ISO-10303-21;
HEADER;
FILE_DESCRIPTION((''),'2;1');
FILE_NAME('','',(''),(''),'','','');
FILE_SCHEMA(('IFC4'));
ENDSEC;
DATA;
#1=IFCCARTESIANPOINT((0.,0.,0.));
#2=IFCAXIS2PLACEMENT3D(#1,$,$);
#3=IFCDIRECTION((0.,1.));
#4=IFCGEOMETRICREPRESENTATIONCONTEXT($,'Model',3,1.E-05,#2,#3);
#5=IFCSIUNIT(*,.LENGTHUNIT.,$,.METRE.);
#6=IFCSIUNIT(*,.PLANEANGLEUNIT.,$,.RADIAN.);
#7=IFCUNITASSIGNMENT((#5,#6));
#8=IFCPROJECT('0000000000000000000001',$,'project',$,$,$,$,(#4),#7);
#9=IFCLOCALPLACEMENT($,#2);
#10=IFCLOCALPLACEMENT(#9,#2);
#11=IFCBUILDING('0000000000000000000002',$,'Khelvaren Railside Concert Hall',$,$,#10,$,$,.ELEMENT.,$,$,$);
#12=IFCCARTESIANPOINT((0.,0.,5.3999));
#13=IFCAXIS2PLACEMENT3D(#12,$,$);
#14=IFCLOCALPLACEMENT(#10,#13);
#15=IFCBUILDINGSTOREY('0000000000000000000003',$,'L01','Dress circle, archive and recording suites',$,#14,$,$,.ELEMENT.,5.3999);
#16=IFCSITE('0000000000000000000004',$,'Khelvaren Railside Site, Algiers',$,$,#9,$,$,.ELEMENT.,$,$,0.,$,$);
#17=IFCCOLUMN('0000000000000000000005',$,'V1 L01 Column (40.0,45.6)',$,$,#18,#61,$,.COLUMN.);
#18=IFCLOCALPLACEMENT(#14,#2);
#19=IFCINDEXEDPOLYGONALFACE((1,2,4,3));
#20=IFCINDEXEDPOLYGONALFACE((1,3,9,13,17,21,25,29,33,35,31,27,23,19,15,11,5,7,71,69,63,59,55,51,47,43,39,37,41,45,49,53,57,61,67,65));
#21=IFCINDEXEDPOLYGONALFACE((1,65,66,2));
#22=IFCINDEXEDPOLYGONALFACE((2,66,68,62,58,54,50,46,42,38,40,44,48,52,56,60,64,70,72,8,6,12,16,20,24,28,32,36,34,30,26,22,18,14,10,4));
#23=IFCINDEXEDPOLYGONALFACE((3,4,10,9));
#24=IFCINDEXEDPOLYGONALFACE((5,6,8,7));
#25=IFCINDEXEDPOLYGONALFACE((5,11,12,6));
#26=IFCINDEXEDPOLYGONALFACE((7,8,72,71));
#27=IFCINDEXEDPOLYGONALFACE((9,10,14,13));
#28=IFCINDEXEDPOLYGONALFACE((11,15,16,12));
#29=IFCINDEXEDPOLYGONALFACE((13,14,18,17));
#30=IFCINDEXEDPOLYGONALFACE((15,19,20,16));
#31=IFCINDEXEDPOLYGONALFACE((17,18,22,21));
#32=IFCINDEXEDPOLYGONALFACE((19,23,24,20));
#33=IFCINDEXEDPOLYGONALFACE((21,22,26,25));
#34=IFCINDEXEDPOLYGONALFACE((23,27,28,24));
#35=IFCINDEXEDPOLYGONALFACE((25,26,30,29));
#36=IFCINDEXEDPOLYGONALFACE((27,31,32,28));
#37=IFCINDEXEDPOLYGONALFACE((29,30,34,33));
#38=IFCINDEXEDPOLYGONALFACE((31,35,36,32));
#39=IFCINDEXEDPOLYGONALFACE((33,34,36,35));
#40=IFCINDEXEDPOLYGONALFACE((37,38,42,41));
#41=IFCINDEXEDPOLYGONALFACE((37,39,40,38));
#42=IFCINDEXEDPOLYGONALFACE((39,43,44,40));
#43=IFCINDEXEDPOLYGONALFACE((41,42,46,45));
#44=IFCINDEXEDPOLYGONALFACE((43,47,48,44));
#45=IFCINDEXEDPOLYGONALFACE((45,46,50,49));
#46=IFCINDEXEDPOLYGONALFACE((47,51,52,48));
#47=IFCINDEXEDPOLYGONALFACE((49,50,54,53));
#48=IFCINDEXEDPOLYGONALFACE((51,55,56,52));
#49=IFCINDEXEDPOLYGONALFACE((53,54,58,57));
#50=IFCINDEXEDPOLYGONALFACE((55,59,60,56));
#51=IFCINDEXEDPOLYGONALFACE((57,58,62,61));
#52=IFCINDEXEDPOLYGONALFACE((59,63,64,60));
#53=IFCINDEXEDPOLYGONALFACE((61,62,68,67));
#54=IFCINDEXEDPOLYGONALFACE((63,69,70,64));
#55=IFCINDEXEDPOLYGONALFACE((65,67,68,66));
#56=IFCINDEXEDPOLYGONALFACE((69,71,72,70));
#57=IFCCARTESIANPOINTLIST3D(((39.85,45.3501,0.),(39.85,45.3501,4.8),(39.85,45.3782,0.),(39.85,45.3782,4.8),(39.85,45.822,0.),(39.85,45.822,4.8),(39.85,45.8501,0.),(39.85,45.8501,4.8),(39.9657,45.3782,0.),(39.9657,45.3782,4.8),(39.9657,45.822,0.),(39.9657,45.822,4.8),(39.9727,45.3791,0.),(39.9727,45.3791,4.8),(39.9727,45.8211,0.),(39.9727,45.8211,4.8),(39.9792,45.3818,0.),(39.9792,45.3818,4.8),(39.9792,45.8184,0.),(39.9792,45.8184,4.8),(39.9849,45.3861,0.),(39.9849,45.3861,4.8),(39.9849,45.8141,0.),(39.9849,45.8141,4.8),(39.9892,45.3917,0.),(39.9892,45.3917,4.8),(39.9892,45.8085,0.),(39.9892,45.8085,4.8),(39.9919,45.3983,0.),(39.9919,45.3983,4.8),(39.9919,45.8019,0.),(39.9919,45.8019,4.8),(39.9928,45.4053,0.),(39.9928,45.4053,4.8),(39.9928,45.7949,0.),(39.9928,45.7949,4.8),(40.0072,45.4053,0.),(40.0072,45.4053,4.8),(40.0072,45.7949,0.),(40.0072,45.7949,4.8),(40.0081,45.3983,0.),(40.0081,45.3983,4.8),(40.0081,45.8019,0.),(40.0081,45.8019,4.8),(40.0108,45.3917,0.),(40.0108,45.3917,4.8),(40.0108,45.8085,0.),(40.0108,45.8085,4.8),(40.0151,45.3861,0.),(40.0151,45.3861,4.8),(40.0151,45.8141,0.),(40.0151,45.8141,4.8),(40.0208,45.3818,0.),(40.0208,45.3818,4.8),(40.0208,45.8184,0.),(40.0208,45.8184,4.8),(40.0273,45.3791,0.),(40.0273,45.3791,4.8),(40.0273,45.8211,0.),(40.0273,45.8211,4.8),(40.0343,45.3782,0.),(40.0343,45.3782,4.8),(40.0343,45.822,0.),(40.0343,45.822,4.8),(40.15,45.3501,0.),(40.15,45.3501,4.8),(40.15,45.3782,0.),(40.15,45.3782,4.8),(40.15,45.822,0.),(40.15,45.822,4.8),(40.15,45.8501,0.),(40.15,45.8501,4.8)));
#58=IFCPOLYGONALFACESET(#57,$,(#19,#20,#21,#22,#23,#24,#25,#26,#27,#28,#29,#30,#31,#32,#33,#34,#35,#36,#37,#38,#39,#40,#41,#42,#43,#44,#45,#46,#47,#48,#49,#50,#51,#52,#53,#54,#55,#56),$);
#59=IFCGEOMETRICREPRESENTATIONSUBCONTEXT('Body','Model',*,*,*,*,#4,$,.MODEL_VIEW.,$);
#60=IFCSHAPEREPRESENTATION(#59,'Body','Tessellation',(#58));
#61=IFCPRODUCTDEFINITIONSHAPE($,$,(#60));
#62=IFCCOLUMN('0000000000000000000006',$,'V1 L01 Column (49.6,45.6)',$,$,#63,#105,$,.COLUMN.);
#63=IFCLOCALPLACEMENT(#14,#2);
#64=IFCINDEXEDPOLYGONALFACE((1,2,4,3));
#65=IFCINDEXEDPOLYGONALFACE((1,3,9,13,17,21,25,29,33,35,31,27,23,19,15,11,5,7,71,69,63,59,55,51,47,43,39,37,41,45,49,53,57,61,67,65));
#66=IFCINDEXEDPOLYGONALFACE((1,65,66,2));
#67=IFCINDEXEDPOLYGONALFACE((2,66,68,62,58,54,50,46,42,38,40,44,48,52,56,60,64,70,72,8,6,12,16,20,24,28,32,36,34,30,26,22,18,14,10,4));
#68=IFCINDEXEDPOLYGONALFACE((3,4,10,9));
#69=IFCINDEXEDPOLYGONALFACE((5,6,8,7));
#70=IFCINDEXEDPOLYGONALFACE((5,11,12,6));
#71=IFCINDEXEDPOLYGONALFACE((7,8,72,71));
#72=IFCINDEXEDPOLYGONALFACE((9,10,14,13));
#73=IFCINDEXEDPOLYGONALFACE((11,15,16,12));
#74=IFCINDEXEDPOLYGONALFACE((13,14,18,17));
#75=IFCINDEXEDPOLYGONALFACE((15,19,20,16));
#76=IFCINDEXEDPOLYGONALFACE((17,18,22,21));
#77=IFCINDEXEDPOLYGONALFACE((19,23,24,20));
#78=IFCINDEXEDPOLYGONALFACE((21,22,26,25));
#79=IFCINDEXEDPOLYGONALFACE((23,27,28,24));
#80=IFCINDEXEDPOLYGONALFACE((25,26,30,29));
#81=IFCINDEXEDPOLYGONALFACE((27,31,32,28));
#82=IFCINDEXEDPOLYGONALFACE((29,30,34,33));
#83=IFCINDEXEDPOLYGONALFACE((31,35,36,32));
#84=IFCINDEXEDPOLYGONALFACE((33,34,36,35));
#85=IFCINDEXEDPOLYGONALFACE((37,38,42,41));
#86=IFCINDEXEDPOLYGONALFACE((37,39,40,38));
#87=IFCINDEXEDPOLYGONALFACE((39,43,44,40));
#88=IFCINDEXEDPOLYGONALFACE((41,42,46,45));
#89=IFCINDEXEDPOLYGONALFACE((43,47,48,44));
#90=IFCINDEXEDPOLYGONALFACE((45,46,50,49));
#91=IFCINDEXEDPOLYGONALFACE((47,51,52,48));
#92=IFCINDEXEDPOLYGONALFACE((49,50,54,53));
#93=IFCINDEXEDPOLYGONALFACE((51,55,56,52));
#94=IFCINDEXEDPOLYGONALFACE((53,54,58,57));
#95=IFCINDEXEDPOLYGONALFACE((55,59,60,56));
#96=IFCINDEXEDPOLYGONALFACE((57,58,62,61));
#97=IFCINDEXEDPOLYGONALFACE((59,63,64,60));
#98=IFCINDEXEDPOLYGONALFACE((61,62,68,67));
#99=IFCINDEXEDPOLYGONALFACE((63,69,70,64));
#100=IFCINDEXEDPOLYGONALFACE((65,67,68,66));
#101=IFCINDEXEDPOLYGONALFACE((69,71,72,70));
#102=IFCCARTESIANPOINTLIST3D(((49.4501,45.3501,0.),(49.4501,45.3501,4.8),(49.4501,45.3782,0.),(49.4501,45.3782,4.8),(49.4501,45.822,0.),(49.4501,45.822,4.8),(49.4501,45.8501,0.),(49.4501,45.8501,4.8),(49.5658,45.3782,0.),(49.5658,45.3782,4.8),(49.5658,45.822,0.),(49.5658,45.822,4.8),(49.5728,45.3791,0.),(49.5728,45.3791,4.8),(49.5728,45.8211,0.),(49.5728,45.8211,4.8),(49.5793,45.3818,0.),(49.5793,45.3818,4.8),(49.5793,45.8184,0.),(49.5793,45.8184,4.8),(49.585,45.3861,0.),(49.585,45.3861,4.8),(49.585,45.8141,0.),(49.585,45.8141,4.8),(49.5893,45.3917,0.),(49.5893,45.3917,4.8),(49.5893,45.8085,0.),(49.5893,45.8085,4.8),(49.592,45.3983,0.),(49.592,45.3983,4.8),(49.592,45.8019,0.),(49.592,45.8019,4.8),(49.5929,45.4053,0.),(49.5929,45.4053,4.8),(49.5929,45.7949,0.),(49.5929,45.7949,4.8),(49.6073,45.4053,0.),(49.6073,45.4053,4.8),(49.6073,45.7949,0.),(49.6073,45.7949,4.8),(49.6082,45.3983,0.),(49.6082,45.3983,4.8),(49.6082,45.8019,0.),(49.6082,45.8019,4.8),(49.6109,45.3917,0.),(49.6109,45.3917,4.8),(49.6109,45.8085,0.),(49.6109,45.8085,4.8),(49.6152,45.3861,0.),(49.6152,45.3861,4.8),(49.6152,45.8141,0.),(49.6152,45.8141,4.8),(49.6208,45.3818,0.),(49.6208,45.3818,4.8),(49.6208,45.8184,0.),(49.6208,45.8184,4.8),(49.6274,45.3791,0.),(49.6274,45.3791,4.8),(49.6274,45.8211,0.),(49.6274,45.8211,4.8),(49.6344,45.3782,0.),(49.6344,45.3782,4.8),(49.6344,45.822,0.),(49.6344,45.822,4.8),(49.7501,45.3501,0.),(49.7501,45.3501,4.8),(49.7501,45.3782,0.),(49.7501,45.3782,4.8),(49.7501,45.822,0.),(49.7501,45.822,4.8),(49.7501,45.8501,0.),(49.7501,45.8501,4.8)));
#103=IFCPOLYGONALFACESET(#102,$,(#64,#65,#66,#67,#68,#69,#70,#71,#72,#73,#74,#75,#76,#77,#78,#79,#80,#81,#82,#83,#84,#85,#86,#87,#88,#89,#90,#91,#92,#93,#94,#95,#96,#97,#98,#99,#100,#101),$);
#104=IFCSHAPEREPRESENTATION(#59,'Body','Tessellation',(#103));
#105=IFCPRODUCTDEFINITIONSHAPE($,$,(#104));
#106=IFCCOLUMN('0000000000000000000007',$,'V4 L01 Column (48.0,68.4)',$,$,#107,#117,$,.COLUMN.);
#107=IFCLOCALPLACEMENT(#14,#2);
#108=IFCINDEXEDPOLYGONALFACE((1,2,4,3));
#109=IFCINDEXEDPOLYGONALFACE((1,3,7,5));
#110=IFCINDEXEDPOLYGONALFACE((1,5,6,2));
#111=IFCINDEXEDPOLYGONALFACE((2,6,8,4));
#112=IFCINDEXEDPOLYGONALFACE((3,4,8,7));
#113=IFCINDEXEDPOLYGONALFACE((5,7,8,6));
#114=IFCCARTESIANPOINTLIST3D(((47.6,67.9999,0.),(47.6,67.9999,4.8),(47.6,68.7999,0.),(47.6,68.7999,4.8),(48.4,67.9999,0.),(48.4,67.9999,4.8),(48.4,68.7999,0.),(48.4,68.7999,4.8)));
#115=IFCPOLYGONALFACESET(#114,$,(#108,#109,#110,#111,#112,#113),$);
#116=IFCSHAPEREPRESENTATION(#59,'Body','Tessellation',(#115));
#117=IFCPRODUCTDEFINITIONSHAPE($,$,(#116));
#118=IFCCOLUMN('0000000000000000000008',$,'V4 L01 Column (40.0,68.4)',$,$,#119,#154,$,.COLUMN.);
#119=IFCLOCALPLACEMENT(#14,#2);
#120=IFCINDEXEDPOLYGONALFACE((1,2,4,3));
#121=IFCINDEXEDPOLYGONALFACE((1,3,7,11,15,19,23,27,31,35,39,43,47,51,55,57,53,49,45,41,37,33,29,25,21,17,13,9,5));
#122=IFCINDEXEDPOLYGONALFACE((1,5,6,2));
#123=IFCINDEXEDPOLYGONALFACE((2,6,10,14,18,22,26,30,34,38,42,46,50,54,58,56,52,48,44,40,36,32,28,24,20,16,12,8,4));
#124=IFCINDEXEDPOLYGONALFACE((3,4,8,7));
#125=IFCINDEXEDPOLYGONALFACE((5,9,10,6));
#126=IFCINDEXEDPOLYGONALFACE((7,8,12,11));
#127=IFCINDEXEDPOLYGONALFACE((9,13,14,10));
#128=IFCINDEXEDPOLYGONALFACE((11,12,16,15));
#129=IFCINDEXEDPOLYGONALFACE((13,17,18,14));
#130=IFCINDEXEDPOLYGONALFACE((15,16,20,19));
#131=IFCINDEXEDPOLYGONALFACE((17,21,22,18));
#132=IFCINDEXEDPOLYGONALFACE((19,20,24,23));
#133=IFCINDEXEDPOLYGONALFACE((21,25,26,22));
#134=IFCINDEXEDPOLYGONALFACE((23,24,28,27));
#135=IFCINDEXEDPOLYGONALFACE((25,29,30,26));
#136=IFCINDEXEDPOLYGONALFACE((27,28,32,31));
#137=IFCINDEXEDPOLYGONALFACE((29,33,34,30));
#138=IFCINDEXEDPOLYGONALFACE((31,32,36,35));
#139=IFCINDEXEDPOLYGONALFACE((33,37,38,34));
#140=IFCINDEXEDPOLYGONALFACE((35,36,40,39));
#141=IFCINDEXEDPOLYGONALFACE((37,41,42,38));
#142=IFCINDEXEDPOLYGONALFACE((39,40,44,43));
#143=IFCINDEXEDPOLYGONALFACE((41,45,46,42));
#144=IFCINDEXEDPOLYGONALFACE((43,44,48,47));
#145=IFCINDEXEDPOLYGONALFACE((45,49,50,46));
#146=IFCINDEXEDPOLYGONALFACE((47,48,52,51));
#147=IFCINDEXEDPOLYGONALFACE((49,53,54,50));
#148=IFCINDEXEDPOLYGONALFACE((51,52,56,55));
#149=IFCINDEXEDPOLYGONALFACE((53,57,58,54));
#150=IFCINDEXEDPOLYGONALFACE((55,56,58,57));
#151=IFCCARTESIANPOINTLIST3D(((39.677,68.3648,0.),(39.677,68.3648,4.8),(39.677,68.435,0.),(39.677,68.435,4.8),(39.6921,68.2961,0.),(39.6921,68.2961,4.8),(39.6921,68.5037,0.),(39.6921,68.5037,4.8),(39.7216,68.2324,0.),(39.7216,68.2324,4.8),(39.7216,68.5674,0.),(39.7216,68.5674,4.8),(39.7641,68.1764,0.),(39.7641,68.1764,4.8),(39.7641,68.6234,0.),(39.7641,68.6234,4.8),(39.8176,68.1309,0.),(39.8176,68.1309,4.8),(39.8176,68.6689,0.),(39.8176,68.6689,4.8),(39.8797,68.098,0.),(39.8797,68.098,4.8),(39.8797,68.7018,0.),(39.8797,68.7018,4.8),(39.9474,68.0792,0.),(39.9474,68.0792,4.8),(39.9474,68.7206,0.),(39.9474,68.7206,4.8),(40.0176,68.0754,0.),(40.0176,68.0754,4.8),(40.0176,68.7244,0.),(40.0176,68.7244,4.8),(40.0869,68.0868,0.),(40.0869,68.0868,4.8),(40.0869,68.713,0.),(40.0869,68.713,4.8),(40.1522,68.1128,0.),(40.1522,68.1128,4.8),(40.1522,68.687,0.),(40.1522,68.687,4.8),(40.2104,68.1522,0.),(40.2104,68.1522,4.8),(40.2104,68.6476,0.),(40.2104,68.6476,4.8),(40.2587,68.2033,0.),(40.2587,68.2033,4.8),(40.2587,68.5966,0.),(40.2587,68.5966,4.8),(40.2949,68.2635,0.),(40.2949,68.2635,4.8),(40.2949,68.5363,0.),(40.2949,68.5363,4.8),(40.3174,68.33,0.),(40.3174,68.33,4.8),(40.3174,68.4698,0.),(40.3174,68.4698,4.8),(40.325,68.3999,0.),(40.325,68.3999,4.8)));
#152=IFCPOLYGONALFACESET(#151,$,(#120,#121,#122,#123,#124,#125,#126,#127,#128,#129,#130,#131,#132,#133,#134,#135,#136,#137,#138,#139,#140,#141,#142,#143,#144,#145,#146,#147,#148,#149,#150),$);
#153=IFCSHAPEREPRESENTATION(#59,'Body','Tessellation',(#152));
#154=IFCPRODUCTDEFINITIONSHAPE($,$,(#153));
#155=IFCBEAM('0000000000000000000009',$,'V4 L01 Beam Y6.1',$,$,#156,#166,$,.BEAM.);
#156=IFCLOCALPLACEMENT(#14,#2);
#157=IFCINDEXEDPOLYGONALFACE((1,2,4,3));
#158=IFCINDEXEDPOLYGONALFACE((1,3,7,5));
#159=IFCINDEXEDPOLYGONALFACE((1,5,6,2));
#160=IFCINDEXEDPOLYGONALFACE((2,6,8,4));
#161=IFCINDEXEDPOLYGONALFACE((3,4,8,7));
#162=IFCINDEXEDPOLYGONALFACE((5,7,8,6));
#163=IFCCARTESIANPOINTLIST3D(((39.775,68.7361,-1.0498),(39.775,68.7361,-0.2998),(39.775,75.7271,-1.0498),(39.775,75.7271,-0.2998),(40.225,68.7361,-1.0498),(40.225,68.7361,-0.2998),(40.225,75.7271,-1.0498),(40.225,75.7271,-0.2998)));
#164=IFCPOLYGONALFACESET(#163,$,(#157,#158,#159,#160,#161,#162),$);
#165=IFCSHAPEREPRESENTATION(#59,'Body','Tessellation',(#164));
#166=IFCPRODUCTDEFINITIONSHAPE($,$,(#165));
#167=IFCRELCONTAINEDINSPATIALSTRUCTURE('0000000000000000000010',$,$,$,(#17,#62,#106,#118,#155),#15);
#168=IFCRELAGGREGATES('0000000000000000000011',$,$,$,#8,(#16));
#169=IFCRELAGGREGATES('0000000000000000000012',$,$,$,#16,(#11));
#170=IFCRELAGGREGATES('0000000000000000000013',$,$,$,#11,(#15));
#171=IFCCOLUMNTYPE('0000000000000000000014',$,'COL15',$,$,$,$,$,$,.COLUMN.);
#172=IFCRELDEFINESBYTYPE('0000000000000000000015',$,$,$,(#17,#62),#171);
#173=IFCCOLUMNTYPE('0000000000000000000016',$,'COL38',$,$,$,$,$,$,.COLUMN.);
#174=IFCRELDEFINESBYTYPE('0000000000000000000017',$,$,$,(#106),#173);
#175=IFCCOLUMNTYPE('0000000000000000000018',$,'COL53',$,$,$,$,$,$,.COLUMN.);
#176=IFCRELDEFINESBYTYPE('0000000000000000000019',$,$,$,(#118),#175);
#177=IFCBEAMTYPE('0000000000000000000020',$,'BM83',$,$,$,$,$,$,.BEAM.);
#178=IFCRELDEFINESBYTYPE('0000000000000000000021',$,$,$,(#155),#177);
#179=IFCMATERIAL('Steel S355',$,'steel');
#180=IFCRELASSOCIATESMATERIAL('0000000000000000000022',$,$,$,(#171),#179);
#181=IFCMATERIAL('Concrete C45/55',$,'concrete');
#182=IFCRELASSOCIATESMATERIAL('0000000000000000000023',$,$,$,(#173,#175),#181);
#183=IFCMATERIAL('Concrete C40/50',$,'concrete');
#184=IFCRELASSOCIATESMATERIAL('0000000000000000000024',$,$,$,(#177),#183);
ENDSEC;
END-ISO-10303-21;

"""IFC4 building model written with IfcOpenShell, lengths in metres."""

from ifc_helpers import new_model, si_unit, direction, frame, origin, origin_2d, place, context, subcontext, project, spatial, rectangle, circle, i_section, extrude, material, material_profile, profile_set, type_object, element, save


model = new_model("IFC4")

# Units and contexts
model_context = context("Model", 3, precision=1e-05, world=origin(), true_north=direction((0.0, 1.0)))
body_context = subcontext(model_context, "Body", "Model", "MODEL_VIEW")
ifc_project = project(units=[si_unit("LENGTHUNIT", "METRE"), si_unit("PLANEANGLEUNIT", "RADIAN")], contexts=[model_context])

# Site, building, storey
site_placement = place(None, origin())
site = spatial("IfcSite", under=ifc_project, at=site_placement, Name="Khelvaren Railside Site, Algiers", CompositionType="ELEMENT", RefElevation=0.0)
building_placement = place(site_placement, origin())
building = spatial("IfcBuilding", under=site, at=building_placement, Name="Khelvaren Railside Concert Hall", CompositionType="ELEMENT")
storey_placement = place(building_placement, frame((0.0, 0.0, 5.3999)))
storey = spatial("IfcBuildingStorey", under=building, at=storey_placement, Name="L01", Description="Dress circle, archive and recording suites", CompositionType="ELEMENT", Elevation=5.3999)

# Columns
ifc_material_1 = material(Name="Steel S355", Category="steel")
ifc_material_profile_1 = material_profile(ifc_material_1, i_section(OverallWidth=0.3, OverallDepth=0.5, WebThickness=0.0144, FlangeThickness=0.0281, FilletRadius=0.0271, at=origin_2d()), Name="HEB 500")
ifc_profile_set_1 = profile_set([ifc_material_profile_1], Name="Steel S355")
column_type_1 = type_object("IfcColumnType", Name="COL15", PredefinedType="COLUMN", material=ifc_profile_set_1)
for number, where, z_axis, x_axis, name in (
    (1, (40.0, 45.6001, 0.0), (0.0, 0.0, 1.0), (1.0, 0.0, 0.0), "V1 L01 Column (40.0,45.6)"),
    (2, (49.6001, 45.6001, 0.0), (0.0, 0.0, 1.0), (1.0, 0.0, 0.0), "V1 L01 Column (49.6,45.6)"),
):
    element("IfcColumn", number, at=place(storey_placement, frame(where, z_axis=z_axis, x_axis=x_axis)), inside=storey, type_object=column_type_1, Name=name, PredefinedType="COLUMN", context=body_context, shape_type="SweptSolid", body=[
        extrude(i_section(OverallWidth=0.3, OverallDepth=0.5, WebThickness=0.0144, FlangeThickness=0.0281, FilletRadius=0.0271, at=origin_2d()), origin(), (0.0, 0.0, 1.0), 4.8),
    ])
ifc_material_2 = material(Name="Concrete C45/55", Category="concrete")
ifc_material_profile_2 = material_profile(ifc_material_2, rectangle(XDim=0.8, YDim=0.8, at=origin_2d()), Name="RC 800x800")
ifc_profile_set_2 = profile_set([ifc_material_profile_2], Name="Concrete C45/55")
column_type_2 = type_object("IfcColumnType", Name="COL38", PredefinedType="COLUMN", material=ifc_profile_set_2)
column_1_placement = place(storey_placement, frame((48.0, 68.3999, 0.0), z_axis=(0.0, 0.0, 1.0), x_axis=(1.0, 0.0, 0.0)))
element("IfcColumn", 3, at=column_1_placement, inside=storey, type_object=column_type_2, Name="V4 L01 Column (48.0,68.4)", PredefinedType="COLUMN", context=body_context, shape_type="SweptSolid", body=[
    extrude(rectangle(XDim=0.8, YDim=0.8, at=origin_2d()), origin(), (0.0, 0.0, 1.0), 4.8),
])
ifc_material_profile_3 = material_profile(ifc_material_2, circle(Radius=0.325, at=origin_2d()), Name="RC D650")
ifc_profile_set_3 = profile_set([ifc_material_profile_3], Name="Concrete C45/55")
column_type_3 = type_object("IfcColumnType", Name="COL53", PredefinedType="COLUMN", material=ifc_profile_set_3)
column_2_placement = place(storey_placement, frame((40.0, 68.3999, 0.0), z_axis=(0.0, 0.0, 1.0), x_axis=(1.0, 0.0, 0.0)))
element("IfcColumn", 4, at=column_2_placement, inside=storey, type_object=column_type_3, Name="V4 L01 Column (40.0,68.4)", PredefinedType="COLUMN", context=body_context, shape_type="SweptSolid", body=[
    extrude(circle(Radius=0.325, at=origin_2d()), origin(), (0.0, 0.0, 1.0), 4.8),
])

# Beam
ifc_material_3 = material(Name="Concrete C40/50", Category="concrete")
ifc_material_profile_4 = material_profile(ifc_material_3, rectangle(XDim=0.45, YDim=0.75, at=origin_2d()), Name="RCB 450x750")
ifc_profile_set_4 = profile_set([ifc_material_profile_4], Name="Concrete C40/50")
beam_type_1 = type_object("IfcBeamType", Name="BM83", PredefinedType="BEAM", material=ifc_profile_set_4)
beam_1_placement = place(storey_placement, frame((40.0, 68.7361, -0.6748), z_axis=(0.0, 1.0, 0.0), x_axis=(-1.0, 0.0, 0.0)))
element("IfcBeam", 5, at=beam_1_placement, inside=storey, type_object=beam_type_1, Name="V4 L01 Beam Y6.1", PredefinedType="BEAM", context=body_context, shape_type="SweptSolid", body=[
    extrude(rectangle(XDim=0.45, YDim=0.75, at=origin_2d()), origin(), (0.0, 0.0, 1.0), 6.991),
])

save(model, "model.ifc")
